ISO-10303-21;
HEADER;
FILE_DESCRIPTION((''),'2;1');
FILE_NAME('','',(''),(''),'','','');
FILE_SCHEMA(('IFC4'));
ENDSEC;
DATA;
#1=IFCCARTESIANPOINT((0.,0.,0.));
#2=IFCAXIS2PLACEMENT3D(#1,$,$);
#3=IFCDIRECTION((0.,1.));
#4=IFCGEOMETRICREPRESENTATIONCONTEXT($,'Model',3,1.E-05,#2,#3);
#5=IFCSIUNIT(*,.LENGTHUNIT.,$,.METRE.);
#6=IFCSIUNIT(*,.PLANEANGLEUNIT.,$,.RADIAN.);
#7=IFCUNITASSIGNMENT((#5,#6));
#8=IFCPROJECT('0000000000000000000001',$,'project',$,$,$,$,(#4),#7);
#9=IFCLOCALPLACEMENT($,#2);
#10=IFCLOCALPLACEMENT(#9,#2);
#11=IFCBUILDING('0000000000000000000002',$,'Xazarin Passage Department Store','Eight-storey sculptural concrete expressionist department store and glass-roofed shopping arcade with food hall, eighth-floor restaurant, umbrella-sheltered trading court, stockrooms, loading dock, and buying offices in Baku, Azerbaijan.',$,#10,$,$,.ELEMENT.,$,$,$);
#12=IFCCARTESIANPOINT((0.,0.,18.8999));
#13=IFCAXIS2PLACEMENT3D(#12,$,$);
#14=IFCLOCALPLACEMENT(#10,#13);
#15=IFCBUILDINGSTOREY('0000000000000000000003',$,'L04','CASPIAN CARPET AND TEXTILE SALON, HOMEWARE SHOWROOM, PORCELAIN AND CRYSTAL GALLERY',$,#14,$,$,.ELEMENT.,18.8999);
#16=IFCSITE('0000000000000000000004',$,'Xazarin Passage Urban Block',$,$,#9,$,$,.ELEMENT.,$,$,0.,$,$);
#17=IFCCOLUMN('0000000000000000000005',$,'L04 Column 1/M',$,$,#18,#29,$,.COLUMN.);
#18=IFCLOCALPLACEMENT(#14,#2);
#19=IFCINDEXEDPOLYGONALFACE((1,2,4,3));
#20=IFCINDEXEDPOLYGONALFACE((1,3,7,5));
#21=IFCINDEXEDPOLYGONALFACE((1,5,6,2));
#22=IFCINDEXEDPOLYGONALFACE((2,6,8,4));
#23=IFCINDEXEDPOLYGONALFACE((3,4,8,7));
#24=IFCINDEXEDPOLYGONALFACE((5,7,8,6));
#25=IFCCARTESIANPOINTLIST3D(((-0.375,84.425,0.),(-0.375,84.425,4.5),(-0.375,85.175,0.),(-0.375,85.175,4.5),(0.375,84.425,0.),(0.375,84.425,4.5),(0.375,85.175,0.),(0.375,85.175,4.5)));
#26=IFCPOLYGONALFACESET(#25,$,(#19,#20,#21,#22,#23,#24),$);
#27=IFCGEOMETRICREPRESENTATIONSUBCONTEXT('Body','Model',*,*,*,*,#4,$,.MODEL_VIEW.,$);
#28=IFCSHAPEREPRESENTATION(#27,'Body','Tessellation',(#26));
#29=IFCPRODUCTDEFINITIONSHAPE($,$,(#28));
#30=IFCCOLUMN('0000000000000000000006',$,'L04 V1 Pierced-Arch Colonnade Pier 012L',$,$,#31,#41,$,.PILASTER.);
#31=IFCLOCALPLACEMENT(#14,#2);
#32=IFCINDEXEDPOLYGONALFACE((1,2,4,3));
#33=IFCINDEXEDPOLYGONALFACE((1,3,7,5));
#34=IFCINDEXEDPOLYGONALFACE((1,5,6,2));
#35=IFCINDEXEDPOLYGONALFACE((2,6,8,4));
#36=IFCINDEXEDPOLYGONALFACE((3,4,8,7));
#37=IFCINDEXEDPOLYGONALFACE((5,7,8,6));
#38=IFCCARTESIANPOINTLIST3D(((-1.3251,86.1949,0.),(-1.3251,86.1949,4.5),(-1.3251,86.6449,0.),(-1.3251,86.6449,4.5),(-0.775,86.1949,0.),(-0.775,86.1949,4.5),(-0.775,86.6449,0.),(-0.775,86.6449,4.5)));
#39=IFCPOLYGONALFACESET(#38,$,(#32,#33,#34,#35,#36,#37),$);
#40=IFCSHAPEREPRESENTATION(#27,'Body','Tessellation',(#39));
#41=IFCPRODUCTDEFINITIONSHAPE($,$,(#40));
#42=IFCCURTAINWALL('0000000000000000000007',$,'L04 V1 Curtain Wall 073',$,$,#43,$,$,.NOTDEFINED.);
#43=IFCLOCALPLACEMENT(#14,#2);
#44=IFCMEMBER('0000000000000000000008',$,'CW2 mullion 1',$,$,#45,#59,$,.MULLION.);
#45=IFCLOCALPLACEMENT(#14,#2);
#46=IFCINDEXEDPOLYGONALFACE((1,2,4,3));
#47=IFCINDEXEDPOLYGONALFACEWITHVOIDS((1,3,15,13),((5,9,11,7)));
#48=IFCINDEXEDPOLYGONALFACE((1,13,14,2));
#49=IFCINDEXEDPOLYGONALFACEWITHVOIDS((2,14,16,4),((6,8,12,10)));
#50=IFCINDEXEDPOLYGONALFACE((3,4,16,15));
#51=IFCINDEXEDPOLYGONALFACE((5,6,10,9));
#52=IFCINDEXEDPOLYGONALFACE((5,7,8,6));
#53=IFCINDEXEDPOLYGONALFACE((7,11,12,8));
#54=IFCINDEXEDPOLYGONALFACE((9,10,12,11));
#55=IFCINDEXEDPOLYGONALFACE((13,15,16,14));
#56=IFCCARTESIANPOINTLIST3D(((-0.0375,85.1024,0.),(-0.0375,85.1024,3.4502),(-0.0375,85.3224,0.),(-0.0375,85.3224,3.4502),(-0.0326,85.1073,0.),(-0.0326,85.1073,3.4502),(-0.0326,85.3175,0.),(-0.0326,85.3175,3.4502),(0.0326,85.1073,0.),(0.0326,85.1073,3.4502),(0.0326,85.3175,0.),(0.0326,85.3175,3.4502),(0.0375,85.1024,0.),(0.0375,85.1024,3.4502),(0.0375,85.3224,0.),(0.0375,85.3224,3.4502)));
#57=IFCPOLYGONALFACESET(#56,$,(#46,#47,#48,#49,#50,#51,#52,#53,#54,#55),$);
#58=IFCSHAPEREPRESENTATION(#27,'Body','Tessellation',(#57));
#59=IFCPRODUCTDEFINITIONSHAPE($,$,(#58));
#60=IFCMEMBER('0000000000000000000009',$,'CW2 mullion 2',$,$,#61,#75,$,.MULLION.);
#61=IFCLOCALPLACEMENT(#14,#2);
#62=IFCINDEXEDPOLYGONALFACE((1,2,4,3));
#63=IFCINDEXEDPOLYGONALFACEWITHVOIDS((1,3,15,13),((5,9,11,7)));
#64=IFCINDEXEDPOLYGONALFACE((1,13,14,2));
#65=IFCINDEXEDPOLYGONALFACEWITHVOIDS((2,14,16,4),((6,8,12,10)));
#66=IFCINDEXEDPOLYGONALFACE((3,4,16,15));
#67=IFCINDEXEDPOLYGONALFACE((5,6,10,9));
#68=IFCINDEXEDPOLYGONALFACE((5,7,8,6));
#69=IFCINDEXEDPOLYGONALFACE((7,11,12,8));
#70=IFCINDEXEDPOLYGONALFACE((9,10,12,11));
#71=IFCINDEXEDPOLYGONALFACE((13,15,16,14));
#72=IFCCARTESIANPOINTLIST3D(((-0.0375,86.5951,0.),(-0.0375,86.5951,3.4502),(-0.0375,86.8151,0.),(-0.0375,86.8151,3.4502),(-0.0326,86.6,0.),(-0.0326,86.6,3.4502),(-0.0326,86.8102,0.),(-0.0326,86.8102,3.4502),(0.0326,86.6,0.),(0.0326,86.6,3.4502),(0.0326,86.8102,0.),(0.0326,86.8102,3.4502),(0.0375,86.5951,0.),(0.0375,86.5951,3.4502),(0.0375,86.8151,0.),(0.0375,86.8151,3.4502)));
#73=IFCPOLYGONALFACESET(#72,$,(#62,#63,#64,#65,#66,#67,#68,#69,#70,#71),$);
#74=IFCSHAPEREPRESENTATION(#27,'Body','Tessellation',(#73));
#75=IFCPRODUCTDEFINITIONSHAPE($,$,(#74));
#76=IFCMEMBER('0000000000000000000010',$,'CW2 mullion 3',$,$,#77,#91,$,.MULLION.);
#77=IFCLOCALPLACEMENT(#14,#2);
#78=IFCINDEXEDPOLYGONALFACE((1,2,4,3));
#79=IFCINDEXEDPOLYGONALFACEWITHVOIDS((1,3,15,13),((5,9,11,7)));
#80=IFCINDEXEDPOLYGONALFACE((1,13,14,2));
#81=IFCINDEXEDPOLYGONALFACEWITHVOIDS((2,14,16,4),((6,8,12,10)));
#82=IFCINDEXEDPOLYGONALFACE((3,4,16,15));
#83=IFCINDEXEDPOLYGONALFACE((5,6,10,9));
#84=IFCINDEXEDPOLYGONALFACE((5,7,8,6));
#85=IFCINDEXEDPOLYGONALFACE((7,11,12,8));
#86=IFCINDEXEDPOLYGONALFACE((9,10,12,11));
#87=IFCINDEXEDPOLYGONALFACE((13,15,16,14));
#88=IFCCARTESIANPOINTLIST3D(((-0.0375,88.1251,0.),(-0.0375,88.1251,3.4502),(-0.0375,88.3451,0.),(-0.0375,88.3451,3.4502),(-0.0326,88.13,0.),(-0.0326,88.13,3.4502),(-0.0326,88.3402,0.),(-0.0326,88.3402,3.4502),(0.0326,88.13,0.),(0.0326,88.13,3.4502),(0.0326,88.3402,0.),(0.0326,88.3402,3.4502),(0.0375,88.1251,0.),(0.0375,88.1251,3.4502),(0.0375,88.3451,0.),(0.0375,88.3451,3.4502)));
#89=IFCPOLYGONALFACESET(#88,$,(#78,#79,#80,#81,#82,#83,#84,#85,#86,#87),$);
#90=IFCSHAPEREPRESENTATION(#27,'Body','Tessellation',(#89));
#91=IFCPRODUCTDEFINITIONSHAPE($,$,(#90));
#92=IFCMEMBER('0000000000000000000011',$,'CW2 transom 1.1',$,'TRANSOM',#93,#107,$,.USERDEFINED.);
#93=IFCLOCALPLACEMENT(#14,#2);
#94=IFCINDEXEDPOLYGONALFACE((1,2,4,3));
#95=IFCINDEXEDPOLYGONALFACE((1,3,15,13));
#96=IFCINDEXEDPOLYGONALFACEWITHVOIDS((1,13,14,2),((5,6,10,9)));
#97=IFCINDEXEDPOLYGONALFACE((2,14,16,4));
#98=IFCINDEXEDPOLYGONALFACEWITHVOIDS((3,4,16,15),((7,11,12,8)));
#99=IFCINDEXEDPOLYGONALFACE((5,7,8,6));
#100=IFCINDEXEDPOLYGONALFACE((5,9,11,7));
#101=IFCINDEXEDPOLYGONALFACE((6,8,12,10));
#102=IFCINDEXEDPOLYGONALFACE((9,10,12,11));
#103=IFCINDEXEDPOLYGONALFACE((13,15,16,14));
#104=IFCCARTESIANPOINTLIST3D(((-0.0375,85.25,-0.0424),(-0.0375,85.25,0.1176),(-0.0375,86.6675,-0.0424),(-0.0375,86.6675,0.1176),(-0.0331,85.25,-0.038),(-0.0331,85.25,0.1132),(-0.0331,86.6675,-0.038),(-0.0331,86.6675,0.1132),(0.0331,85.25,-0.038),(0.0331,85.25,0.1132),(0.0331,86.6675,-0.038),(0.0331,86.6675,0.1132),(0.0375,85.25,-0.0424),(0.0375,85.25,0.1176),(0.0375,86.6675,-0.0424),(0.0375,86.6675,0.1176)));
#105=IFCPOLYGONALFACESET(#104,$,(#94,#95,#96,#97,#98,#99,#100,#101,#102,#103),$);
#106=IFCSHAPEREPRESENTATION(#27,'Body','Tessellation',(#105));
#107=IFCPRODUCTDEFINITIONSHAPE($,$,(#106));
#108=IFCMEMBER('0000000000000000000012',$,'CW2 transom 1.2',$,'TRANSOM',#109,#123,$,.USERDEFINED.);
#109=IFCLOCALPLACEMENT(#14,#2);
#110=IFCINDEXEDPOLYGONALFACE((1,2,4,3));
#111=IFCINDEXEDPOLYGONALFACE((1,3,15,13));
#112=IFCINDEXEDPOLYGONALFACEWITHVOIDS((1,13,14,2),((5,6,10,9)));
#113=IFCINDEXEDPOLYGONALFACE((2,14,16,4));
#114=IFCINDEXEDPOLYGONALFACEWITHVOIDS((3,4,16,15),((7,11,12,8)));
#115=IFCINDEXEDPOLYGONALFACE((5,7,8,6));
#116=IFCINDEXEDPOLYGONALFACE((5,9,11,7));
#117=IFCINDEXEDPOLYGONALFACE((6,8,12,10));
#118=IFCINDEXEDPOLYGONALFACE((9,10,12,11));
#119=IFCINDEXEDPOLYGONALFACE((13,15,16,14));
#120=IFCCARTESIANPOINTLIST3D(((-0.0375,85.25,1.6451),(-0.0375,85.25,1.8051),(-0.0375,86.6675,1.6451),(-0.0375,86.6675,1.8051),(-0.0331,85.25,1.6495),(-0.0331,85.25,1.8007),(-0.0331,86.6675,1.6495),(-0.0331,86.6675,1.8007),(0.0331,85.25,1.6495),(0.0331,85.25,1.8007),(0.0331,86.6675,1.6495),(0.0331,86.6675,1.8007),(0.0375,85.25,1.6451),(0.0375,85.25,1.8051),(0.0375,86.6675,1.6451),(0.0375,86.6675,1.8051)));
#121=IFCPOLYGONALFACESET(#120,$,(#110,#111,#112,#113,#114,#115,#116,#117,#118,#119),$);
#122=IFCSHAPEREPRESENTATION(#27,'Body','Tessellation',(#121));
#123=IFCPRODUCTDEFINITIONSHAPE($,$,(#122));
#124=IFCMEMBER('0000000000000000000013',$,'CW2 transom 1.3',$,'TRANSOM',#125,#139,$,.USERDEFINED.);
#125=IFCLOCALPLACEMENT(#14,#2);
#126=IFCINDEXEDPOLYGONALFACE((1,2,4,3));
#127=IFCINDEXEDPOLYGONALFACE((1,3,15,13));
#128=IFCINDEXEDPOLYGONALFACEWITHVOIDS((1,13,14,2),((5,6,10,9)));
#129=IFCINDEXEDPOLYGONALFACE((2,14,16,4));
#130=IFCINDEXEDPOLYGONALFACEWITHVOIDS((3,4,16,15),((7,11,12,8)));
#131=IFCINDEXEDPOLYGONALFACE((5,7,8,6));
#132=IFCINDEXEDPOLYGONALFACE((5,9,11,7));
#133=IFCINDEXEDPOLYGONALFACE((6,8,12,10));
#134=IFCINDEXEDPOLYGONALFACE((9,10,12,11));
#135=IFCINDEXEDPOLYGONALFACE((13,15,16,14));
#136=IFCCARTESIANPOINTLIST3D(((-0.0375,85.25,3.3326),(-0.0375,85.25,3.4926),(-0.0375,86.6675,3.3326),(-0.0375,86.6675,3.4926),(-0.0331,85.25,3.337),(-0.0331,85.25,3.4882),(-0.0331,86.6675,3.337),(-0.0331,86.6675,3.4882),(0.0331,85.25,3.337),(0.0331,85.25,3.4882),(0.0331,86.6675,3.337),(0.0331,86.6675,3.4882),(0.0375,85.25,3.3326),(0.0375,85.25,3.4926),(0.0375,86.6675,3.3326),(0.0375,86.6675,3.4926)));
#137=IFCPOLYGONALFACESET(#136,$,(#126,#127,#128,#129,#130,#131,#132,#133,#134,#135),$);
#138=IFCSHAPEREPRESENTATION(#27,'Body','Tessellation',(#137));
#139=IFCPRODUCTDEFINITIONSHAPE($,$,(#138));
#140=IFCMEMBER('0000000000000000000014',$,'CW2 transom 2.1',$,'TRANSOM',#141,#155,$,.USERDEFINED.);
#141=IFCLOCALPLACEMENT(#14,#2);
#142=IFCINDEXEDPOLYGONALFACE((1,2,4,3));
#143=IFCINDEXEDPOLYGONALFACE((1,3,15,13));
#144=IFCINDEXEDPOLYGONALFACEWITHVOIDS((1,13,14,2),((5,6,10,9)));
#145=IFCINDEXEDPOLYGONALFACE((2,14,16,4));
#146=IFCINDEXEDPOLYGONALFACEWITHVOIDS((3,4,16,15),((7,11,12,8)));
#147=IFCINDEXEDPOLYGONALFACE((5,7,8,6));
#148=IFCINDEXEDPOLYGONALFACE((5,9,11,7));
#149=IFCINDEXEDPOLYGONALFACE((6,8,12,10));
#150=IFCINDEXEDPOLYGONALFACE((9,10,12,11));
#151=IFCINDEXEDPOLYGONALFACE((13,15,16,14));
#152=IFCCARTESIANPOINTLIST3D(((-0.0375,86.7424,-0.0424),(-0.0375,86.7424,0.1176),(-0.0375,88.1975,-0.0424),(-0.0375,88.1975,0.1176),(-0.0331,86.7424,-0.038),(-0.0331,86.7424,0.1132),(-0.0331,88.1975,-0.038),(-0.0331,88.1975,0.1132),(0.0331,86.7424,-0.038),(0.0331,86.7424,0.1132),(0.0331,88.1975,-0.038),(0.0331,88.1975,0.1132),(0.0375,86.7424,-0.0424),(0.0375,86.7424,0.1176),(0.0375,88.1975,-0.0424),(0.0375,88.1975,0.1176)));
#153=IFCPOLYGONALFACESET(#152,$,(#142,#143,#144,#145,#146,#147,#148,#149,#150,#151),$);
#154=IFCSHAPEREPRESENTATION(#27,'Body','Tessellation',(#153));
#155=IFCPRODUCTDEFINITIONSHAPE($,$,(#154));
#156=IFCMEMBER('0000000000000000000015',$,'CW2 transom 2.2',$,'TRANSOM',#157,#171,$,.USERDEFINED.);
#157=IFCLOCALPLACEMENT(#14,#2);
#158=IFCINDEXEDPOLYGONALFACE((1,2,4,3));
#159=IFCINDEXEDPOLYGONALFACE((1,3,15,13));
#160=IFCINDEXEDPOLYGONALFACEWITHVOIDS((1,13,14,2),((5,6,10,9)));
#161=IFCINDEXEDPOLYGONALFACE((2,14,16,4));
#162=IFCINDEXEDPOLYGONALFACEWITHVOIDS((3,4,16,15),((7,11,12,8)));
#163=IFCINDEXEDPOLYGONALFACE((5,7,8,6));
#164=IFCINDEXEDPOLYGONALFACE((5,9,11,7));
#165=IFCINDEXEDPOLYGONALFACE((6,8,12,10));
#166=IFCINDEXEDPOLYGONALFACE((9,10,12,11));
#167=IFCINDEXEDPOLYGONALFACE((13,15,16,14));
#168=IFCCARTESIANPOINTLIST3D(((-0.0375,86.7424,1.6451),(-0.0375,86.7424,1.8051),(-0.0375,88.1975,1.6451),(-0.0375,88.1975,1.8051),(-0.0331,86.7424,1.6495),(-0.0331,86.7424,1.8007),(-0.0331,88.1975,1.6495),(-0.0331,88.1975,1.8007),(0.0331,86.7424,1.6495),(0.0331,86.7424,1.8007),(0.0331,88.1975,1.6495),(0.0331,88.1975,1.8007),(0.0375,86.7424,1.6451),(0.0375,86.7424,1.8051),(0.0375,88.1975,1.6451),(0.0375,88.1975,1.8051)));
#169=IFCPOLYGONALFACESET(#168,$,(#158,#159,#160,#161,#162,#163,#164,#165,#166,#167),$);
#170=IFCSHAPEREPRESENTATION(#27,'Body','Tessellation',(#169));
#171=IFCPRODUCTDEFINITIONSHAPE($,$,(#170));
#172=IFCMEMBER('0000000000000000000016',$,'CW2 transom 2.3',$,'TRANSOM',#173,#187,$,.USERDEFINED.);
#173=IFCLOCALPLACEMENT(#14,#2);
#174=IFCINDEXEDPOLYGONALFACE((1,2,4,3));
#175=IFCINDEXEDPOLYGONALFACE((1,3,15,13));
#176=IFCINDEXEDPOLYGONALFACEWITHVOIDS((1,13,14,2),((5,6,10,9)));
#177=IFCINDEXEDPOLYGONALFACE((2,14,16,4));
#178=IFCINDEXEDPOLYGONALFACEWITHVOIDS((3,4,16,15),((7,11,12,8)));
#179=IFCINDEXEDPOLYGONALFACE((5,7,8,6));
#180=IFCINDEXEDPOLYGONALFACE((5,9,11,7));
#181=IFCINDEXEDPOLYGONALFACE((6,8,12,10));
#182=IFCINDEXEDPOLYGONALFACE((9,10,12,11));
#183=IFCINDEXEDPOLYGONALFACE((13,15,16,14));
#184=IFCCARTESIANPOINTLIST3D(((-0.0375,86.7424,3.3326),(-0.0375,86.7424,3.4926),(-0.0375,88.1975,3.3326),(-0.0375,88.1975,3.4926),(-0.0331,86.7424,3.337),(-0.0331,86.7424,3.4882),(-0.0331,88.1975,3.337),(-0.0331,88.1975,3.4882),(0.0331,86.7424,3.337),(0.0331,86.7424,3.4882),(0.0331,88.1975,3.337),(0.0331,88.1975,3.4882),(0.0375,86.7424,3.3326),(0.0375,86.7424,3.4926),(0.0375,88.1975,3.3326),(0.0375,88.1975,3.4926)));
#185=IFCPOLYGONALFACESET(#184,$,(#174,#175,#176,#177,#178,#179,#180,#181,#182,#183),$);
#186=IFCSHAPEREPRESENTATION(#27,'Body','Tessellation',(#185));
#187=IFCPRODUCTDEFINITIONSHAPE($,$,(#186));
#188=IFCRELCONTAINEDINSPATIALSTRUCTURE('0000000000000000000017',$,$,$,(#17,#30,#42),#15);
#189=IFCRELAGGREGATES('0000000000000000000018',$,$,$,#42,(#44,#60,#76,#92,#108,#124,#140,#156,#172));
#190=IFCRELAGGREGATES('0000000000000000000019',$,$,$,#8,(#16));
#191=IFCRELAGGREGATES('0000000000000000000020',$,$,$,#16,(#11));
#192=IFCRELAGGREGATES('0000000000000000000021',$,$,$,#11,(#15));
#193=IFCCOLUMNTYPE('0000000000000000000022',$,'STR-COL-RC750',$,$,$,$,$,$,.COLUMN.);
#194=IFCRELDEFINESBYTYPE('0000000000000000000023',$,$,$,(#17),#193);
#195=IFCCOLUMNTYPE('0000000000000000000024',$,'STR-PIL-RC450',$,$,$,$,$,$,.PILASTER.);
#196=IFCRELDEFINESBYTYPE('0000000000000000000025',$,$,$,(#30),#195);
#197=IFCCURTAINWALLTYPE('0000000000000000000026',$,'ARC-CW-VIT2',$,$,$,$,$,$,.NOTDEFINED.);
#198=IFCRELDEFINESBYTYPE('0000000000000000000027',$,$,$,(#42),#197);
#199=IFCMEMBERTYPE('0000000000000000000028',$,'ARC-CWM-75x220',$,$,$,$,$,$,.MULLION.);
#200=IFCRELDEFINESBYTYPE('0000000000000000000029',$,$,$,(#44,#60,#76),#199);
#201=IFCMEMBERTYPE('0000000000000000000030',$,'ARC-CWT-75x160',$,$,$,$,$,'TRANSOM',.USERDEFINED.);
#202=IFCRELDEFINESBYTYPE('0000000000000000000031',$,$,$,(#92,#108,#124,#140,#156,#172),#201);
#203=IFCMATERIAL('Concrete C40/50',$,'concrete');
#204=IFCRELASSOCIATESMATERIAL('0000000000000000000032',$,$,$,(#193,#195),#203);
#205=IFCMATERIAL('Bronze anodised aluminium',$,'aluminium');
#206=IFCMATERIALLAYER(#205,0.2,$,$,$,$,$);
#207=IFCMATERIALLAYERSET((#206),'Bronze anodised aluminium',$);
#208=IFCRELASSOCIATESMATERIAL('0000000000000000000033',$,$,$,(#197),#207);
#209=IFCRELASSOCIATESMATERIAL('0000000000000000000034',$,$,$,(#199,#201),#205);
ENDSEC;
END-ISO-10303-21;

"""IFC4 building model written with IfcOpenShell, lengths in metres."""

from ifc_helpers import new_model, si_unit, direction, frame, origin, origin_2d, place, context, subcontext, project, spatial, rectangle, hollow_rectangle, extrude, material, layer, layer_set, material_profile, profile_set, type_object, element, aggregate, save


model = new_model("IFC4")

# Units and contexts
model_context = context("Model", 3, precision=1e-05, world=origin(), true_north=direction((0.0, 1.0)))
body_context = subcontext(model_context, "Body", "Model", "MODEL_VIEW")
ifc_project = project(units=[si_unit("LENGTHUNIT", "METRE"), si_unit("PLANEANGLEUNIT", "RADIAN")], contexts=[model_context])

# Site, building, storey
site_placement = place(None, origin())
site = spatial("IfcSite", under=ifc_project, at=site_placement, Name="Xazarin Passage Urban Block", CompositionType="ELEMENT", RefElevation=0.0)
building_placement = place(site_placement, origin())
building = spatial("IfcBuilding", under=site, at=building_placement, Name="Xazarin Passage Department Store", Description="Eight-storey sculptural concrete expressionist department store and glass-roofed shopping arcade with food hall, eighth-floor restaurant, umbrella-sheltered trading court, stockrooms, loading dock, and buying offices in Baku, Azerbaijan.", CompositionType="ELEMENT")
storey_placement = place(building_placement, frame((0.0, 0.0, 18.8999)))
storey = spatial("IfcBuildingStorey", under=building, at=storey_placement, Name="L04", Description="CASPIAN CARPET AND TEXTILE SALON, HOMEWARE SHOWROOM, PORCELAIN AND CRYSTAL GALLERY", CompositionType="ELEMENT", Elevation=18.8999)

# Columns
ifc_material_1 = material(Name="Concrete C40/50", Category="concrete")
ifc_material_profile_1 = material_profile(ifc_material_1, rectangle(XDim=0.75, YDim=0.75, at=origin_2d()), Name="RC 750x750")
ifc_profile_set_1 = profile_set([ifc_material_profile_1], Name="Concrete C40/50")
column_type_1 = type_object("IfcColumnType", Name="STR-COL-RC750", PredefinedType="COLUMN", material=ifc_profile_set_1)
column_1_placement = place(storey_placement, frame((0.0, 84.8, 0.0), z_axis=(0.0, 0.0, 1.0), x_axis=(1.0, 0.0, 0.0)))
element("IfcColumn", 1, at=column_1_placement, inside=storey, type_object=column_type_1, Name="L04 Column 1/M", PredefinedType="COLUMN", context=body_context, shape_type="SweptSolid", body=[
    extrude(rectangle(XDim=0.75, YDim=0.75, at=origin_2d()), origin(), (0.0, 0.0, 1.0), 4.5),
])
ifc_material_profile_2 = material_profile(ifc_material_1, rectangle(XDim=0.45, YDim=0.55, at=origin_2d()), Name="RC 450x550")
ifc_profile_set_2 = profile_set([ifc_material_profile_2], Name="Concrete C40/50")
column_type_2 = type_object("IfcColumnType", Name="STR-PIL-RC450", PredefinedType="PILASTER", material=ifc_profile_set_2)
column_2_placement = place(storey_placement, frame((-1.05, 86.4199, 0.0), z_axis=(0.0, 0.0, 1.0), x_axis=(0.0, 1.0, 0.0)))
element("IfcColumn", 2, at=column_2_placement, inside=storey, type_object=column_type_2, Name="L04 V1 Pierced-Arch Colonnade Pier 012L", PredefinedType="PILASTER", context=body_context, shape_type="SweptSolid", body=[
    extrude(rectangle(XDim=0.45, YDim=0.55, at=origin_2d()), origin(), (0.0, 0.0, 1.0), 4.5),
])

# Curtain wall, members
ifc_material_2 = material(Name="Bronze anodised aluminium", Category="aluminium")
ifc_layer_1 = layer(ifc_material_2, 0.2)
ifc_layer_set_1 = layer_set([ifc_layer_1], Name="Bronze anodised aluminium")
curtain_wall_type = type_object("IfcCurtainWallType", Name="ARC-CW-VIT2", PredefinedType="NOTDEFINED", material=ifc_layer_set_1)
curtain_wall_placement = place(storey_placement, origin())
curtain_wall = element("IfcCurtainWall", 3, at=curtain_wall_placement, inside=storey, type_object=curtain_wall_type, Name="L04 V1 Curtain Wall 073", PredefinedType="NOTDEFINED")
ifc_material_profile_3 = material_profile(ifc_material_2, hollow_rectangle(XDim=0.075, YDim=0.22, WallThickness=0.0049, at=origin_2d()), Name="ALU 75x220")
ifc_profile_set_3 = profile_set([ifc_material_profile_3], Name="Bronze anodised aluminium")
member_type_1 = type_object("IfcMemberType", Name="ARC-CWM-75x220", PredefinedType="MULLION", material=ifc_profile_set_3)
member_1_placement = place(storey_placement, frame((0.0, 85.2124, 0.0), z_axis=(0.0, 0.0, 1.0), x_axis=(-1.0, 0.0, 0.0)))
member_1 = element("IfcMember", 4, at=member_1_placement, type_object=member_type_1, Name="CW2 mullion 1", PredefinedType="MULLION", context=body_context, shape_type="SweptSolid", body=[
    extrude(hollow_rectangle(XDim=0.075, YDim=0.22, WallThickness=0.0049, at=origin_2d()), origin(), (0.0, 0.0, 1.0), 3.4502),
])
member_2_placement = place(storey_placement, frame((0.0, 86.7051, 0.0), z_axis=(0.0, 0.0, 1.0), x_axis=(-1.0, 0.0, 0.0)))
member_2 = element("IfcMember", 5, at=member_2_placement, type_object=member_type_1, Name="CW2 mullion 2", PredefinedType="MULLION", context=body_context, shape_type="SweptSolid", body=[
    extrude(hollow_rectangle(XDim=0.075, YDim=0.22, WallThickness=0.0049, at=origin_2d()), origin(), (0.0, 0.0, 1.0), 3.4502),
])
member_3_placement = place(storey_placement, frame((0.0, 88.2351, 0.0), z_axis=(0.0, 0.0, 1.0), x_axis=(-1.0, 0.0, 0.0)))
member_3 = element("IfcMember", 6, at=member_3_placement, type_object=member_type_1, Name="CW2 mullion 3", PredefinedType="MULLION", context=body_context, shape_type="SweptSolid", body=[
    extrude(hollow_rectangle(XDim=0.075, YDim=0.22, WallThickness=0.0049, at=origin_2d()), origin(), (0.0, 0.0, 1.0), 3.4502),
])
ifc_material_profile_4 = material_profile(ifc_material_2, hollow_rectangle(XDim=0.075, YDim=0.1599, WallThickness=0.0044, at=origin_2d()), Name="ALU 75x160")
ifc_profile_set_4 = profile_set([ifc_material_profile_4], Name="Bronze anodised aluminium")
member_type_2 = type_object("IfcMemberType", Name="ARC-CWT-75x160", ElementType="TRANSOM", PredefinedType="USERDEFINED", material=ifc_profile_set_4)
member_4_placement = place(storey_placement, frame((0.0, 85.25, 0.0376), z_axis=(0.0, 1.0, 0.0), x_axis=(-1.0, 0.0, 0.0)))
member_4 = element("IfcMember", 7, at=member_4_placement, type_object=member_type_2, Name="CW2 transom 1.1", ObjectType="TRANSOM", PredefinedType="USERDEFINED", context=body_context, shape_type="SweptSolid", body=[
    extrude(hollow_rectangle(XDim=0.075, YDim=0.1599, WallThickness=0.0044, at=origin_2d()), origin(), (0.0, 0.0, 1.0), 1.4175),
])
member_5_placement = place(storey_placement, frame((0.0, 85.25, 1.7251), z_axis=(0.0, 1.0, 0.0), x_axis=(-1.0, 0.0, 0.0)))
member_5 = element("IfcMember", 8, at=member_5_placement, type_object=member_type_2, Name="CW2 transom 1.2", ObjectType="TRANSOM", PredefinedType="USERDEFINED", context=body_context, shape_type="SweptSolid", body=[
    extrude(hollow_rectangle(XDim=0.075, YDim=0.1599, WallThickness=0.0044, at=origin_2d()), origin(), (0.0, 0.0, 1.0), 1.4175),
])
member_6_placement = place(storey_placement, frame((0.0, 85.25, 3.4126), z_axis=(0.0, 1.0, 0.0), x_axis=(-1.0, 0.0, 0.0)))
member_6 = element("IfcMember", 9, at=member_6_placement, type_object=member_type_2, Name="CW2 transom 1.3", ObjectType="TRANSOM", PredefinedType="USERDEFINED", context=body_context, shape_type="SweptSolid", body=[
    extrude(hollow_rectangle(XDim=0.075, YDim=0.1599, WallThickness=0.0044, at=origin_2d()), origin(), (0.0, 0.0, 1.0), 1.4175),
])
member_7_placement = place(storey_placement, frame((0.0, 86.7424, 0.0376), z_axis=(0.0, 1.0, 0.0), x_axis=(-1.0, 0.0, 0.0)))
member_7 = element("IfcMember", 10, at=member_7_placement, type_object=member_type_2, Name="CW2 transom 2.1", ObjectType="TRANSOM", PredefinedType="USERDEFINED", context=body_context, shape_type="SweptSolid", body=[
    extrude(hollow_rectangle(XDim=0.075, YDim=0.1599, WallThickness=0.0044, at=origin_2d()), origin(), (0.0, 0.0, 1.0), 1.4551),
])
member_8_placement = place(storey_placement, frame((0.0, 86.7424, 1.7251), z_axis=(0.0, 1.0, 0.0), x_axis=(-1.0, 0.0, 0.0)))
member_8 = element("IfcMember", 11, at=member_8_placement, type_object=member_type_2, Name="CW2 transom 2.2", ObjectType="TRANSOM", PredefinedType="USERDEFINED", context=body_context, shape_type="SweptSolid", body=[
    extrude(hollow_rectangle(XDim=0.075, YDim=0.1599, WallThickness=0.0044, at=origin_2d()), origin(), (0.0, 0.0, 1.0), 1.4551),
])
member_9_placement = place(storey_placement, frame((0.0, 86.7424, 3.4126), z_axis=(0.0, 1.0, 0.0), x_axis=(-1.0, 0.0, 0.0)))
member_9 = element("IfcMember", 12, at=member_9_placement, type_object=member_type_2, Name="CW2 transom 2.3", ObjectType="TRANSOM", PredefinedType="USERDEFINED", context=body_context, shape_type="SweptSolid", body=[
    extrude(hollow_rectangle(XDim=0.075, YDim=0.1599, WallThickness=0.0044, at=origin_2d()), origin(), (0.0, 0.0, 1.0), 1.4551),
])

aggregate(curtain_wall, [member_1, member_2, member_3, member_4, member_5, member_6, member_7, member_8, member_9])

save(model, "model.ifc")
